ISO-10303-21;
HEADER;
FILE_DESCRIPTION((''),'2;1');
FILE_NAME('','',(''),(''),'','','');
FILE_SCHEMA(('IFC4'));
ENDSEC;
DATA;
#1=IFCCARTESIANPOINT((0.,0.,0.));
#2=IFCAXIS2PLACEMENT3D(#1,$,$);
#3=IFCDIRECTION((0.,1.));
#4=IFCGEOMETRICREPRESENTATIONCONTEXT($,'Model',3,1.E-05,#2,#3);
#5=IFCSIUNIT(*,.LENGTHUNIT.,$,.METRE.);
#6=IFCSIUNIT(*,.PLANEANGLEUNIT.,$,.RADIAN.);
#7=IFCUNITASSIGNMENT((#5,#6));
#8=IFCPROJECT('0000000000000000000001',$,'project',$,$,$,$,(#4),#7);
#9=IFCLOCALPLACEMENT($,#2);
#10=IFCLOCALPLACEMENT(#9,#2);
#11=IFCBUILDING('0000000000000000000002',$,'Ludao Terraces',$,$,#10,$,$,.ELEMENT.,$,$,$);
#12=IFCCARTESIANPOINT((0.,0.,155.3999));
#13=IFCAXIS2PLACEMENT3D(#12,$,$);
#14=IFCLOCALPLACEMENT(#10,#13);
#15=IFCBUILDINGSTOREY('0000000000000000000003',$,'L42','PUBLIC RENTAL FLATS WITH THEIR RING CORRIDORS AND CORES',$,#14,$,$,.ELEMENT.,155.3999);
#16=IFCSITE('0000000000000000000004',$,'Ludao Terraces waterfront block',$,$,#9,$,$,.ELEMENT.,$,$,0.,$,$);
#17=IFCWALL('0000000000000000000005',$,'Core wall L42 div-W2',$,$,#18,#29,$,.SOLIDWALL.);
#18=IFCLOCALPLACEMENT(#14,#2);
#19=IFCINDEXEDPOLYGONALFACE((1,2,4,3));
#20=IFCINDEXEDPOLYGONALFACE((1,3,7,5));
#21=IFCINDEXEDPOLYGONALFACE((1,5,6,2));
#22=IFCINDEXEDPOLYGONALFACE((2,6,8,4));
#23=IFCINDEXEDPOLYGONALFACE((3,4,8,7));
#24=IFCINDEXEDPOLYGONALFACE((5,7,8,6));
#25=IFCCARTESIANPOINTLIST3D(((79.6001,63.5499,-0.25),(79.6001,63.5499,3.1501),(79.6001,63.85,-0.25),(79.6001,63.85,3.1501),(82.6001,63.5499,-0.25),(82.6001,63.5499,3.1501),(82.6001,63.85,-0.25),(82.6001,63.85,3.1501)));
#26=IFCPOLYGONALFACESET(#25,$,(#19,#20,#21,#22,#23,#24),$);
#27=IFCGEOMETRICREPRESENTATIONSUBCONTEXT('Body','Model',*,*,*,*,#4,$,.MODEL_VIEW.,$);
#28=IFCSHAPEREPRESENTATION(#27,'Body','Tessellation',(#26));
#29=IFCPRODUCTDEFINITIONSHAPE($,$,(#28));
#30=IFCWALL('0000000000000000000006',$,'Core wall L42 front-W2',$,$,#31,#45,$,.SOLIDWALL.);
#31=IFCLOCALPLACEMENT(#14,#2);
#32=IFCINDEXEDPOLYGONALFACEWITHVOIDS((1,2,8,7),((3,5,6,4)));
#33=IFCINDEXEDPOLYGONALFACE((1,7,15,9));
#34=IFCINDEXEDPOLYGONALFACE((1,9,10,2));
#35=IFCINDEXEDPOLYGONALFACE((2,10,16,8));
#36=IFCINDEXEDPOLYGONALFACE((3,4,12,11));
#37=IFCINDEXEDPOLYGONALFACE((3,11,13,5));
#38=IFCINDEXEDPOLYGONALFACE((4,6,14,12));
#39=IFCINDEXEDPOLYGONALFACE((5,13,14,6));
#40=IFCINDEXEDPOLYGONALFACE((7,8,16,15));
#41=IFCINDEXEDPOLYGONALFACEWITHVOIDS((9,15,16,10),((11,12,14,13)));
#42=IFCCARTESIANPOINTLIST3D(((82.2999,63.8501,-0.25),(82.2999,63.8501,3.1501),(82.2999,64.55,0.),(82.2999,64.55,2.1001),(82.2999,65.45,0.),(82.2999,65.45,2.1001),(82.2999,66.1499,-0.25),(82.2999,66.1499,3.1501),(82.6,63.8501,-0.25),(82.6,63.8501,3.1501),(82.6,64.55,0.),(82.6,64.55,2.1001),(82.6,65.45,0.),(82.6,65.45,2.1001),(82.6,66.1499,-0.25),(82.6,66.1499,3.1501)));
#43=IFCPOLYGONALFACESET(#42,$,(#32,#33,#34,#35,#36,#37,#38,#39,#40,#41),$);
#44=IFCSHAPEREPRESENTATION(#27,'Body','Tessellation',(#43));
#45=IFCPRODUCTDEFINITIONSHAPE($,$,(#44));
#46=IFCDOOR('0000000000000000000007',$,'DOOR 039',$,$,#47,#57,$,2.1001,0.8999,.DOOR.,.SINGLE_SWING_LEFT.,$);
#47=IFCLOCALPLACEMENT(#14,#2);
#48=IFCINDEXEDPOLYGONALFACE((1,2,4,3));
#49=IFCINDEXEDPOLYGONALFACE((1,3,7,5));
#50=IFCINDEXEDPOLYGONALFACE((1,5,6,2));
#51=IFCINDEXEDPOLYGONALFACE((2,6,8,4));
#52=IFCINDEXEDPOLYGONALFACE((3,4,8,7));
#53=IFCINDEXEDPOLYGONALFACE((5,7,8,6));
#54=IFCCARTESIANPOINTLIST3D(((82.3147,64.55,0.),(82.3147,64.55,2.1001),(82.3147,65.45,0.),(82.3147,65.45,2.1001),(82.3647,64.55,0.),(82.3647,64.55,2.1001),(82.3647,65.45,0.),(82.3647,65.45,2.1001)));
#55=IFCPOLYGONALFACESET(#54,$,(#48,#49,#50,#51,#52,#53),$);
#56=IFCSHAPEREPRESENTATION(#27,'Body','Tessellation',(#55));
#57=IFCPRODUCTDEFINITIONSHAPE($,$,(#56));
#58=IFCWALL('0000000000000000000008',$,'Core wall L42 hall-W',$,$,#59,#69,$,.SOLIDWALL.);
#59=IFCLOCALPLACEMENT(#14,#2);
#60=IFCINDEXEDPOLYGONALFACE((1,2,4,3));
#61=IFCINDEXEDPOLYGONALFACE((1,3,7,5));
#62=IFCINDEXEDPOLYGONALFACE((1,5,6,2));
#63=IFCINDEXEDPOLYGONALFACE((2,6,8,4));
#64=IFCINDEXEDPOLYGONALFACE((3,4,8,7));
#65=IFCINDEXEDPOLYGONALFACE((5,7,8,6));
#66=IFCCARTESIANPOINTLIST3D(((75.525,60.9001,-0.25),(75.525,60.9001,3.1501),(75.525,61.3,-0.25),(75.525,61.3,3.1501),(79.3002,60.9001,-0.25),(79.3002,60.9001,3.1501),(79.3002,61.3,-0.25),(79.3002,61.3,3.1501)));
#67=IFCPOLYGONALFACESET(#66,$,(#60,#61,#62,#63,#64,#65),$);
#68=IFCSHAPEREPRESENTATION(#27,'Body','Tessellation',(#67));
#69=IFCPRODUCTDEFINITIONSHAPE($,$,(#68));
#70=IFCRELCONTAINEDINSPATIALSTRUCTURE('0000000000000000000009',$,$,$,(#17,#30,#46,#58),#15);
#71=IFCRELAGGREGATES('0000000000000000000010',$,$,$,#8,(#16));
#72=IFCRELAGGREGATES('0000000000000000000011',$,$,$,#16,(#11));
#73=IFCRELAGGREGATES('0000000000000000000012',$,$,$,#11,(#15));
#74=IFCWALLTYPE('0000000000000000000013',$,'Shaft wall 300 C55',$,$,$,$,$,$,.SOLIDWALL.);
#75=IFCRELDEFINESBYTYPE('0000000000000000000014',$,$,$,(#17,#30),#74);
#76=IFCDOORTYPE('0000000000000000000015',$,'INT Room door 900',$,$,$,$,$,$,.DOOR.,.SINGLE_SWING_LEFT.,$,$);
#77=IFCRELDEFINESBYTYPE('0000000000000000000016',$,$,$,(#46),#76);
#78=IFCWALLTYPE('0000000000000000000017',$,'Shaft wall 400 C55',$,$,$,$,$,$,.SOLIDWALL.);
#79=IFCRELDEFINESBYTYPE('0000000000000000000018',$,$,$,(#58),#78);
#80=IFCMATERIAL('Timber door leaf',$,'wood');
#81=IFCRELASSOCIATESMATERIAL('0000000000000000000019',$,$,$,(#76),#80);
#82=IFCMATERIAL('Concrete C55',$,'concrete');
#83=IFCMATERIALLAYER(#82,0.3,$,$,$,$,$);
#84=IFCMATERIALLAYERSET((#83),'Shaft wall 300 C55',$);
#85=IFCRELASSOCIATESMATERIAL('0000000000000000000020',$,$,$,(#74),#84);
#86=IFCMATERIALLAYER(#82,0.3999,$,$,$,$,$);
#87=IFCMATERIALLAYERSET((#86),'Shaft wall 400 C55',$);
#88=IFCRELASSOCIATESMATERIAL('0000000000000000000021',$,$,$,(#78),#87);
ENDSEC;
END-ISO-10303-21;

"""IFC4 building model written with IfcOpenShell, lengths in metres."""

from ifc_helpers import new_model, si_unit, direction, frame, frame_2d, origin, place, context, subcontext, project, spatial, rectangle, extrude, material, layer, layer_set, type_object, element, fill, save


model = new_model("IFC4")

# Units and contexts
model_context = context("Model", 3, precision=1e-05, world=origin(), true_north=direction((0.0, 1.0)))
body_context = subcontext(model_context, "Body", "Model", "MODEL_VIEW")
ifc_project = project(units=[si_unit("LENGTHUNIT", "METRE"), si_unit("PLANEANGLEUNIT", "RADIAN")], contexts=[model_context])

# Site, building, storey
site_placement = place(None, origin())
site = spatial("IfcSite", under=ifc_project, at=site_placement, Name="Ludao Terraces waterfront block", CompositionType="ELEMENT", RefElevation=0.0)
building_placement = place(site_placement, origin())
building = spatial("IfcBuilding", under=site, at=building_placement, Name="Ludao Terraces", CompositionType="ELEMENT")
storey_placement = place(building_placement, frame((0.0, 0.0, 155.3999)))
storey = spatial("IfcBuildingStorey", under=building, at=storey_placement, Name="L42", Description="PUBLIC RENTAL FLATS WITH THEIR RING CORRIDORS AND CORES", CompositionType="ELEMENT", Elevation=155.3999)

# Shared definitions
ifc_material_1 = material(Name="Timber door leaf", Category="wood")
door_type_1 = type_object("IfcDoorType", Name="INT Room door 900", OperationType="SINGLE_SWING_LEFT", PredefinedType="DOOR", material=ifc_material_1)

# Shared definitions
ifc_material_2 = material(Name="Concrete C55", Category="concrete")
ifc_layer_1 = layer(ifc_material_2, 0.3)
ifc_layer_set_1 = layer_set([ifc_layer_1], Name="Shaft wall 300 C55")
wall_type_1 = type_object("IfcWallType", Name="Shaft wall 300 C55", PredefinedType="SOLIDWALL", material=ifc_layer_set_1)

# Wall
wall_1_placement = place(storey_placement, frame((79.6001, 63.7, -0.25), z_axis=(0.0, 0.0, 1.0), x_axis=(1.0, 0.0, 0.0)))
element("IfcWall", 1, at=wall_1_placement, inside=storey, type_object=wall_type_1, Name="Core wall L42 div-W2", PredefinedType="SOLIDWALL", context=body_context, shape_type="SweptSolid", body=[
    extrude(rectangle(XDim=3.0, YDim=0.3, at=frame_2d((1.5, 0.0))), origin(), (0.0, 0.0, 1.0), 3.4001),
])

# Wall, opening, door
wall_2_placement = place(storey_placement, frame((82.45, 63.8501, -0.25), z_axis=(0.0, 0.0, 1.0), x_axis=(0.0, 1.0, 0.0)))
wall_2 = element("IfcWall", 2, at=wall_2_placement, inside=storey, type_object=wall_type_1, Name="Core wall L42 front-W2", PredefinedType="SOLIDWALL", context=body_context, shape_type="SweptSolid", body=[
    extrude(rectangle(XDim=2.2998, YDim=0.3, at=frame_2d((1.1499, 0.0))), origin(), (0.0, 0.0, 1.0), 3.4001),
])
opening_1_placement = place(wall_2_placement, frame((0.7, 0.0, 0.25)))
opening_1 = element("IfcOpeningElement", 3, at=opening_1_placement, cuts=wall_2, PredefinedType="OPENING", context=body_context, shape_type="SweptSolid", body=[
    extrude(rectangle(XDim=0.8999, YDim=2.1001, at=frame_2d((0.45, 1.05))), frame((0.0, 0.1602, 0.0), z_axis=(0.0, -1.0, 0.0), x_axis=(1.0, 0.0, 0.0)), (0.0, 0.0, 1.0), 0.3201),
])
door_1_placement = place(opening_1_placement, origin())
door_1 = element("IfcDoor", 4, at=door_1_placement, inside=storey, type_object=door_type_1, Name="DOOR 039", OperationType="SINGLE_SWING_LEFT", OverallHeight=2.1001, OverallWidth=0.8999, PredefinedType="DOOR", context=body_context, shape_type="SweptSolid", body=[
    extrude(rectangle(XDim=0.8999, YDim=2.1001, at=frame_2d((0.45, 1.05))), frame((0.0, 0.1353, 0.0), z_axis=(0.0, -1.0, 0.0), x_axis=(1.0, 0.0, 0.0)), (0.0, 0.0, 1.0), 0.05),
])
fill(opening_1, door_1)

# Wall
ifc_layer_2 = layer(ifc_material_2, 0.3999)
ifc_layer_set_2 = layer_set([ifc_layer_2], Name="Shaft wall 400 C55")
wall_type_2 = type_object("IfcWallType", Name="Shaft wall 400 C55", PredefinedType="SOLIDWALL", material=ifc_layer_set_2)
wall_3_placement = place(storey_placement, frame((75.5249, 61.1001, -0.25), z_axis=(0.0, 0.0, 1.0), x_axis=(1.0, 0.0, 0.0)))
element("IfcWall", 5, at=wall_3_placement, inside=storey, type_object=wall_type_2, Name="Core wall L42 hall-W", PredefinedType="SOLIDWALL", context=body_context, shape_type="SweptSolid", body=[
    extrude(rectangle(XDim=3.7751, YDim=0.3999, at=frame_2d((1.8877, 0.0))), origin(), (0.0, 0.0, 1.0), 3.4001),
])

save(model, "model.ifc")
